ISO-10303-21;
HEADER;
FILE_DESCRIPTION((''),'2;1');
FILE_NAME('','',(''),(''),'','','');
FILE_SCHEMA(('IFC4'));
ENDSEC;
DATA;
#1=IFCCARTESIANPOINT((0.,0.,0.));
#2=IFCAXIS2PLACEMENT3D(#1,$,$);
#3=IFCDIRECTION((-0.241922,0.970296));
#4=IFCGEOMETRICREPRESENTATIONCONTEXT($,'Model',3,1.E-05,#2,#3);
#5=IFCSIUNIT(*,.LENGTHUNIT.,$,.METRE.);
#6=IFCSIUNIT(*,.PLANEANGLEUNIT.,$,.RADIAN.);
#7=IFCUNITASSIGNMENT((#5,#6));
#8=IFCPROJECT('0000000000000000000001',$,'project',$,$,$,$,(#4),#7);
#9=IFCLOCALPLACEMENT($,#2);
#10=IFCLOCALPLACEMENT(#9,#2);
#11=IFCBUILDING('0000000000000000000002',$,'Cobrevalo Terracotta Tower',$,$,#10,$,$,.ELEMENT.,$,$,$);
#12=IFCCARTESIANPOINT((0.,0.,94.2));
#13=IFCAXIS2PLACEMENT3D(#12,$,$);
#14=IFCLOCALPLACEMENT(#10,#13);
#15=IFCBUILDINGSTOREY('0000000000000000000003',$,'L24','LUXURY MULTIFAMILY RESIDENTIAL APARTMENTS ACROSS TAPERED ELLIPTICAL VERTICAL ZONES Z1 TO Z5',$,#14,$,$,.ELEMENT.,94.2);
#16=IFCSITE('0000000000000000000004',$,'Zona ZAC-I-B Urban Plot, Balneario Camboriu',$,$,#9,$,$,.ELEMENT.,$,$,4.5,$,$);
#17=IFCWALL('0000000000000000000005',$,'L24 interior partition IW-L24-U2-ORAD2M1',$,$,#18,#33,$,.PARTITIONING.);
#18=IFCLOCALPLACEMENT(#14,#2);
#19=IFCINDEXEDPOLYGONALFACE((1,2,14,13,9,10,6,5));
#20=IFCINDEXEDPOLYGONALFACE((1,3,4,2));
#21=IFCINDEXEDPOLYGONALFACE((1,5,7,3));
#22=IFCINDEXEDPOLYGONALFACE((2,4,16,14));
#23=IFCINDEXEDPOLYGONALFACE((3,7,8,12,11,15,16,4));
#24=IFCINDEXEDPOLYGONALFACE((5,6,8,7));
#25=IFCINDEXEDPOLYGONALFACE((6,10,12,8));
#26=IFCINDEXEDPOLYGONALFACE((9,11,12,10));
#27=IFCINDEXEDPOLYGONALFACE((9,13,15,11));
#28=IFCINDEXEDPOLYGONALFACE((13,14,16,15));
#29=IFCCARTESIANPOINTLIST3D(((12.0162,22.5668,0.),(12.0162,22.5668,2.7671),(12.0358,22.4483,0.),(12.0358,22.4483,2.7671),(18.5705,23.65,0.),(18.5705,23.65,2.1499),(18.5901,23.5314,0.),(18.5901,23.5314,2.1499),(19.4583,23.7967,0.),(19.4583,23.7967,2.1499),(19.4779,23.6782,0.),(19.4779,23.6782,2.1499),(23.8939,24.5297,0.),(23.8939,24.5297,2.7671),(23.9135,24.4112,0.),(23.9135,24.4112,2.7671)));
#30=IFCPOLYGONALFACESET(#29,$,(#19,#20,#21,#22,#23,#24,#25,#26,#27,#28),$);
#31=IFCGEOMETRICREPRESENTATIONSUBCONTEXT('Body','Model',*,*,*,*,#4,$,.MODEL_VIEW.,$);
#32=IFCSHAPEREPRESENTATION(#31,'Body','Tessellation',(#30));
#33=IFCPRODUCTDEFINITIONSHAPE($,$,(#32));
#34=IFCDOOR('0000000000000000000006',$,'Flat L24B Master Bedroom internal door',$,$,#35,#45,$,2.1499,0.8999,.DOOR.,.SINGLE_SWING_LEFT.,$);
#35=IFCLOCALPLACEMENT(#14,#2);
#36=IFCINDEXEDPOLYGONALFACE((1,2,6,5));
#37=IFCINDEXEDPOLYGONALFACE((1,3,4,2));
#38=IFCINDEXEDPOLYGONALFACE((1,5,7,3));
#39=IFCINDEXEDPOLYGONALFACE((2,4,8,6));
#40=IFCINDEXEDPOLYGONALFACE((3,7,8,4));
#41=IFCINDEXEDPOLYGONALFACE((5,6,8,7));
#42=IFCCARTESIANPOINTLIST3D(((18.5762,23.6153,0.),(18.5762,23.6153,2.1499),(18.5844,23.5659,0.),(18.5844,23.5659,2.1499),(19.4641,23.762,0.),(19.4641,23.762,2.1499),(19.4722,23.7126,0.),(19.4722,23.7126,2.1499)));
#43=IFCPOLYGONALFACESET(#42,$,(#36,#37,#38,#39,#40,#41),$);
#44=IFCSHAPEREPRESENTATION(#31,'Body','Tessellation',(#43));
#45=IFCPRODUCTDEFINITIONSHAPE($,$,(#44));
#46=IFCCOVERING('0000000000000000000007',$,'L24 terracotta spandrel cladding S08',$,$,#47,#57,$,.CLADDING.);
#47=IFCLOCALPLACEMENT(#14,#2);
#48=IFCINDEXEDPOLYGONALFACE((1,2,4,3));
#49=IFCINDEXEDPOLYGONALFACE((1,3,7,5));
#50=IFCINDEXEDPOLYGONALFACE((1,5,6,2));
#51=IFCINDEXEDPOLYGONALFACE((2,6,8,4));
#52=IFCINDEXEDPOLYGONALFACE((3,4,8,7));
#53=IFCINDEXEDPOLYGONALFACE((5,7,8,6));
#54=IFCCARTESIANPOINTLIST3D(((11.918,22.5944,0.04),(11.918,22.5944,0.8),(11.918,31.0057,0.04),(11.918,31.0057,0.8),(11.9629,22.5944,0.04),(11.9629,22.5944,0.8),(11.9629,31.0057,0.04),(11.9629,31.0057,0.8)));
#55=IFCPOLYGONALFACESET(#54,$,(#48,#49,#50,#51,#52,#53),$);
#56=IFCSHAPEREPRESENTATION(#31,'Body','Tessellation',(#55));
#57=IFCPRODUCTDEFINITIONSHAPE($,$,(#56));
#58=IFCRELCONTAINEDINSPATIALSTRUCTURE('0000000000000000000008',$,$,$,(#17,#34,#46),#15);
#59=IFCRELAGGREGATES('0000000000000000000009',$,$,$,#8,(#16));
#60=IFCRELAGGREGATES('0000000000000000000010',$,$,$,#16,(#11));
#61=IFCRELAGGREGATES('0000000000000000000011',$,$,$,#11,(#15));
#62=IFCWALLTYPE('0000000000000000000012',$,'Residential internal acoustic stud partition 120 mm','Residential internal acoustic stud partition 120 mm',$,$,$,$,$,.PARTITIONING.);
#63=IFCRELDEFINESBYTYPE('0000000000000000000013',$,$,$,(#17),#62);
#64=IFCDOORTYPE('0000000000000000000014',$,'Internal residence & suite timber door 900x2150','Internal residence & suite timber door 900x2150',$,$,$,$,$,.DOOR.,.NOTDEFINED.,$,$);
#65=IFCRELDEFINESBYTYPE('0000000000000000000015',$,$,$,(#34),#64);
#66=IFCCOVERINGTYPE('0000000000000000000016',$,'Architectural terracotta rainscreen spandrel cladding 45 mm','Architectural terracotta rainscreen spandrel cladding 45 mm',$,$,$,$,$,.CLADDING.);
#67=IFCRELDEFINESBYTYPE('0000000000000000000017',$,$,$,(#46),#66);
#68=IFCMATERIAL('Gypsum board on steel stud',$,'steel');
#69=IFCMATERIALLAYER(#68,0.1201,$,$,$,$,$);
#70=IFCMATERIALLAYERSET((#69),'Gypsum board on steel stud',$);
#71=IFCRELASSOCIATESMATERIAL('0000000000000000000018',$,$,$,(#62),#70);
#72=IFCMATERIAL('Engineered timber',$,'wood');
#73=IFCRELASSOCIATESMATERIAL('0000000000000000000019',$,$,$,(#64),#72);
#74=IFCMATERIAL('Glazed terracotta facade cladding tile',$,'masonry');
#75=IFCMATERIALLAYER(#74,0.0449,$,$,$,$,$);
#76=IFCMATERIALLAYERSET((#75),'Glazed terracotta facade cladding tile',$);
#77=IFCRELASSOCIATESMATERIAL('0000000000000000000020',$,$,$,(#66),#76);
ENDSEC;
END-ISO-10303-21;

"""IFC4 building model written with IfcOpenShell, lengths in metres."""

from ifc_helpers import new_model, si_unit, direction, frame, frame_2d, origin, origin_2d, place, context, subcontext, project, spatial, rectangle, extrude, source, transform, mapped, material, layer, layer_set, type_object, element, fill, save


model = new_model("IFC4")

# Units and contexts
model_context = context("Model", 3, precision=1e-05, world=origin(), true_north=direction((-0.241922, 0.970296)))
body_context = subcontext(model_context, "Body", "Model", "MODEL_VIEW")
ifc_project = project(units=[si_unit("LENGTHUNIT", "METRE"), si_unit("PLANEANGLEUNIT", "RADIAN")], contexts=[model_context])

# Site, building, storey
site_placement = place(None, origin())
site = spatial("IfcSite", under=ifc_project, at=site_placement, Name="Zona ZAC-I-B Urban Plot, Balneario Camboriu", CompositionType="ELEMENT", RefElevation=4.5)
building_placement = place(site_placement, origin())
building = spatial("IfcBuilding", under=site, at=building_placement, Name="Cobrevalo Terracotta Tower", CompositionType="ELEMENT")
storey_placement = place(building_placement, frame((0.0, 0.0, 94.2)))
storey = spatial("IfcBuildingStorey", under=building, at=storey_placement, Name="L24", Description="LUXURY MULTIFAMILY RESIDENTIAL APARTMENTS ACROSS TAPERED ELLIPTICAL VERTICAL ZONES Z1 TO Z5", CompositionType="ELEMENT", Elevation=94.2)

# Shared definitions
ifc_material_1 = material(Name="Gypsum board on steel stud", Category="steel")
ifc_layer_1 = layer(ifc_material_1, 0.1201)
ifc_layer_set_1 = layer_set([ifc_layer_1], Name="Gypsum board on steel stud")
wall_type_1 = type_object("IfcWallType", Name="Residential internal acoustic stud partition 120 mm", Description="Residential internal acoustic stud partition 120 mm", PredefinedType="PARTITIONING", material=ifc_layer_set_1)

# Wall, opening, door
ifc_material_2 = material(Name="Engineered timber", Category="wood")
door_type = type_object("IfcDoorType", Name="Internal residence & suite timber door 900x2150", Description="Internal residence & suite timber door 900x2150", OperationType="NOTDEFINED", PredefinedType="DOOR", material=ifc_material_2)
shared_shape_1 = source(origin(), body_context, "Body", "SweptSolid", [
    extrude(rectangle(XDim=0.8999, YDim=2.1499, at=frame_2d((0.45, 1.075))), frame((0.0, 0.0249, 0.0), z_axis=(0.0, -1.0, 0.0), x_axis=(1.0, 0.0, 0.0)), (0.0, 0.0, 1.0), 0.05),
])
wall_1_placement = place(storey_placement, frame((23.9038, 24.4705, 0.0), z_axis=(0.0, 0.0, 1.0), x_axis=(-0.986618, -0.163047, 0.0)))
wall_1 = element("IfcWall", 1, at=wall_1_placement, inside=storey, type_object=wall_type_1, Name="L24 interior partition IW-L24-U2-ORAD2M1", PredefinedType="PARTITIONING", context=body_context, shape_type="SweptSolid", body=[
    extrude(rectangle(XDim=12.0388, YDim=0.1201, at=frame_2d((6.0195, 0.0))), origin(), (0.0, 0.0, 1.0), 2.7671),
])
opening_1_placement = place(wall_1_placement, frame((4.4958, 0.0, 0.0)))
opening_1 = element("IfcOpeningElement", 2, at=opening_1_placement, cuts=wall_1, PredefinedType="OPENING", context=body_context, shape_type="SweptSolid", body=[
    extrude(rectangle(XDim=0.8999, YDim=2.1499, at=frame_2d((0.45, 1.075))), frame((0.0, 0.0701, 0.0), z_axis=(0.0, -1.0, 0.0), x_axis=(1.0, 0.0, 0.0)), (0.0, 0.0, 1.0), 0.1401),
])
door_1_placement = place(opening_1_placement, frame((0.8999, 0.0, 0.0), z_axis=(0.0, 0.0, 1.0), x_axis=(-1.0, 0.0, 0.0)))
door_1 = element("IfcDoor", 3, at=door_1_placement, inside=storey, type_object=door_type, Name="Flat L24B Master Bedroom internal door", OperationType="SINGLE_SWING_LEFT", OverallHeight=2.1499, OverallWidth=0.8999, PredefinedType="DOOR", context=body_context, shape_type="MappedRepresentation", body=[
    mapped(shared_shape_1, transform((0.0, 0.0, 0.0), scale=1.0)),
])
fill(opening_1, door_1)

# Covering
ifc_material_3 = material(Name="Glazed terracotta facade cladding tile", Category="masonry")
ifc_layer_2 = layer(ifc_material_3, 0.0449)
ifc_layer_set_2 = layer_set([ifc_layer_2], Name="Glazed terracotta facade cladding tile")
covering_type = type_object("IfcCoveringType", Name="Architectural terracotta rainscreen spandrel cladding 45 mm", Description="Architectural terracotta rainscreen spandrel cladding 45 mm", PredefinedType="CLADDING", material=ifc_layer_set_2)
shared_shape_2 = source(origin(), body_context, "Body", "SweptSolid", [
    extrude(rectangle(XDim=8.4114, YDim=0.0449, at=origin_2d()), origin(), (0.0, 0.0, 1.0), 0.76),
])
covering_placement = place(storey_placement, frame((11.9404, 26.8, 0.04), z_axis=(0.0, 0.0, 1.0), x_axis=(0.0, -1.0, 0.0)))
element("IfcCovering", 4, at=covering_placement, inside=storey, type_object=covering_type, Name="L24 terracotta spandrel cladding S08", PredefinedType="CLADDING", context=body_context, shape_type="MappedRepresentation", body=[
    mapped(shared_shape_2, transform((0.0, 0.0, 0.0), scale=1.0)),
])

save(model, "model.ifc")
